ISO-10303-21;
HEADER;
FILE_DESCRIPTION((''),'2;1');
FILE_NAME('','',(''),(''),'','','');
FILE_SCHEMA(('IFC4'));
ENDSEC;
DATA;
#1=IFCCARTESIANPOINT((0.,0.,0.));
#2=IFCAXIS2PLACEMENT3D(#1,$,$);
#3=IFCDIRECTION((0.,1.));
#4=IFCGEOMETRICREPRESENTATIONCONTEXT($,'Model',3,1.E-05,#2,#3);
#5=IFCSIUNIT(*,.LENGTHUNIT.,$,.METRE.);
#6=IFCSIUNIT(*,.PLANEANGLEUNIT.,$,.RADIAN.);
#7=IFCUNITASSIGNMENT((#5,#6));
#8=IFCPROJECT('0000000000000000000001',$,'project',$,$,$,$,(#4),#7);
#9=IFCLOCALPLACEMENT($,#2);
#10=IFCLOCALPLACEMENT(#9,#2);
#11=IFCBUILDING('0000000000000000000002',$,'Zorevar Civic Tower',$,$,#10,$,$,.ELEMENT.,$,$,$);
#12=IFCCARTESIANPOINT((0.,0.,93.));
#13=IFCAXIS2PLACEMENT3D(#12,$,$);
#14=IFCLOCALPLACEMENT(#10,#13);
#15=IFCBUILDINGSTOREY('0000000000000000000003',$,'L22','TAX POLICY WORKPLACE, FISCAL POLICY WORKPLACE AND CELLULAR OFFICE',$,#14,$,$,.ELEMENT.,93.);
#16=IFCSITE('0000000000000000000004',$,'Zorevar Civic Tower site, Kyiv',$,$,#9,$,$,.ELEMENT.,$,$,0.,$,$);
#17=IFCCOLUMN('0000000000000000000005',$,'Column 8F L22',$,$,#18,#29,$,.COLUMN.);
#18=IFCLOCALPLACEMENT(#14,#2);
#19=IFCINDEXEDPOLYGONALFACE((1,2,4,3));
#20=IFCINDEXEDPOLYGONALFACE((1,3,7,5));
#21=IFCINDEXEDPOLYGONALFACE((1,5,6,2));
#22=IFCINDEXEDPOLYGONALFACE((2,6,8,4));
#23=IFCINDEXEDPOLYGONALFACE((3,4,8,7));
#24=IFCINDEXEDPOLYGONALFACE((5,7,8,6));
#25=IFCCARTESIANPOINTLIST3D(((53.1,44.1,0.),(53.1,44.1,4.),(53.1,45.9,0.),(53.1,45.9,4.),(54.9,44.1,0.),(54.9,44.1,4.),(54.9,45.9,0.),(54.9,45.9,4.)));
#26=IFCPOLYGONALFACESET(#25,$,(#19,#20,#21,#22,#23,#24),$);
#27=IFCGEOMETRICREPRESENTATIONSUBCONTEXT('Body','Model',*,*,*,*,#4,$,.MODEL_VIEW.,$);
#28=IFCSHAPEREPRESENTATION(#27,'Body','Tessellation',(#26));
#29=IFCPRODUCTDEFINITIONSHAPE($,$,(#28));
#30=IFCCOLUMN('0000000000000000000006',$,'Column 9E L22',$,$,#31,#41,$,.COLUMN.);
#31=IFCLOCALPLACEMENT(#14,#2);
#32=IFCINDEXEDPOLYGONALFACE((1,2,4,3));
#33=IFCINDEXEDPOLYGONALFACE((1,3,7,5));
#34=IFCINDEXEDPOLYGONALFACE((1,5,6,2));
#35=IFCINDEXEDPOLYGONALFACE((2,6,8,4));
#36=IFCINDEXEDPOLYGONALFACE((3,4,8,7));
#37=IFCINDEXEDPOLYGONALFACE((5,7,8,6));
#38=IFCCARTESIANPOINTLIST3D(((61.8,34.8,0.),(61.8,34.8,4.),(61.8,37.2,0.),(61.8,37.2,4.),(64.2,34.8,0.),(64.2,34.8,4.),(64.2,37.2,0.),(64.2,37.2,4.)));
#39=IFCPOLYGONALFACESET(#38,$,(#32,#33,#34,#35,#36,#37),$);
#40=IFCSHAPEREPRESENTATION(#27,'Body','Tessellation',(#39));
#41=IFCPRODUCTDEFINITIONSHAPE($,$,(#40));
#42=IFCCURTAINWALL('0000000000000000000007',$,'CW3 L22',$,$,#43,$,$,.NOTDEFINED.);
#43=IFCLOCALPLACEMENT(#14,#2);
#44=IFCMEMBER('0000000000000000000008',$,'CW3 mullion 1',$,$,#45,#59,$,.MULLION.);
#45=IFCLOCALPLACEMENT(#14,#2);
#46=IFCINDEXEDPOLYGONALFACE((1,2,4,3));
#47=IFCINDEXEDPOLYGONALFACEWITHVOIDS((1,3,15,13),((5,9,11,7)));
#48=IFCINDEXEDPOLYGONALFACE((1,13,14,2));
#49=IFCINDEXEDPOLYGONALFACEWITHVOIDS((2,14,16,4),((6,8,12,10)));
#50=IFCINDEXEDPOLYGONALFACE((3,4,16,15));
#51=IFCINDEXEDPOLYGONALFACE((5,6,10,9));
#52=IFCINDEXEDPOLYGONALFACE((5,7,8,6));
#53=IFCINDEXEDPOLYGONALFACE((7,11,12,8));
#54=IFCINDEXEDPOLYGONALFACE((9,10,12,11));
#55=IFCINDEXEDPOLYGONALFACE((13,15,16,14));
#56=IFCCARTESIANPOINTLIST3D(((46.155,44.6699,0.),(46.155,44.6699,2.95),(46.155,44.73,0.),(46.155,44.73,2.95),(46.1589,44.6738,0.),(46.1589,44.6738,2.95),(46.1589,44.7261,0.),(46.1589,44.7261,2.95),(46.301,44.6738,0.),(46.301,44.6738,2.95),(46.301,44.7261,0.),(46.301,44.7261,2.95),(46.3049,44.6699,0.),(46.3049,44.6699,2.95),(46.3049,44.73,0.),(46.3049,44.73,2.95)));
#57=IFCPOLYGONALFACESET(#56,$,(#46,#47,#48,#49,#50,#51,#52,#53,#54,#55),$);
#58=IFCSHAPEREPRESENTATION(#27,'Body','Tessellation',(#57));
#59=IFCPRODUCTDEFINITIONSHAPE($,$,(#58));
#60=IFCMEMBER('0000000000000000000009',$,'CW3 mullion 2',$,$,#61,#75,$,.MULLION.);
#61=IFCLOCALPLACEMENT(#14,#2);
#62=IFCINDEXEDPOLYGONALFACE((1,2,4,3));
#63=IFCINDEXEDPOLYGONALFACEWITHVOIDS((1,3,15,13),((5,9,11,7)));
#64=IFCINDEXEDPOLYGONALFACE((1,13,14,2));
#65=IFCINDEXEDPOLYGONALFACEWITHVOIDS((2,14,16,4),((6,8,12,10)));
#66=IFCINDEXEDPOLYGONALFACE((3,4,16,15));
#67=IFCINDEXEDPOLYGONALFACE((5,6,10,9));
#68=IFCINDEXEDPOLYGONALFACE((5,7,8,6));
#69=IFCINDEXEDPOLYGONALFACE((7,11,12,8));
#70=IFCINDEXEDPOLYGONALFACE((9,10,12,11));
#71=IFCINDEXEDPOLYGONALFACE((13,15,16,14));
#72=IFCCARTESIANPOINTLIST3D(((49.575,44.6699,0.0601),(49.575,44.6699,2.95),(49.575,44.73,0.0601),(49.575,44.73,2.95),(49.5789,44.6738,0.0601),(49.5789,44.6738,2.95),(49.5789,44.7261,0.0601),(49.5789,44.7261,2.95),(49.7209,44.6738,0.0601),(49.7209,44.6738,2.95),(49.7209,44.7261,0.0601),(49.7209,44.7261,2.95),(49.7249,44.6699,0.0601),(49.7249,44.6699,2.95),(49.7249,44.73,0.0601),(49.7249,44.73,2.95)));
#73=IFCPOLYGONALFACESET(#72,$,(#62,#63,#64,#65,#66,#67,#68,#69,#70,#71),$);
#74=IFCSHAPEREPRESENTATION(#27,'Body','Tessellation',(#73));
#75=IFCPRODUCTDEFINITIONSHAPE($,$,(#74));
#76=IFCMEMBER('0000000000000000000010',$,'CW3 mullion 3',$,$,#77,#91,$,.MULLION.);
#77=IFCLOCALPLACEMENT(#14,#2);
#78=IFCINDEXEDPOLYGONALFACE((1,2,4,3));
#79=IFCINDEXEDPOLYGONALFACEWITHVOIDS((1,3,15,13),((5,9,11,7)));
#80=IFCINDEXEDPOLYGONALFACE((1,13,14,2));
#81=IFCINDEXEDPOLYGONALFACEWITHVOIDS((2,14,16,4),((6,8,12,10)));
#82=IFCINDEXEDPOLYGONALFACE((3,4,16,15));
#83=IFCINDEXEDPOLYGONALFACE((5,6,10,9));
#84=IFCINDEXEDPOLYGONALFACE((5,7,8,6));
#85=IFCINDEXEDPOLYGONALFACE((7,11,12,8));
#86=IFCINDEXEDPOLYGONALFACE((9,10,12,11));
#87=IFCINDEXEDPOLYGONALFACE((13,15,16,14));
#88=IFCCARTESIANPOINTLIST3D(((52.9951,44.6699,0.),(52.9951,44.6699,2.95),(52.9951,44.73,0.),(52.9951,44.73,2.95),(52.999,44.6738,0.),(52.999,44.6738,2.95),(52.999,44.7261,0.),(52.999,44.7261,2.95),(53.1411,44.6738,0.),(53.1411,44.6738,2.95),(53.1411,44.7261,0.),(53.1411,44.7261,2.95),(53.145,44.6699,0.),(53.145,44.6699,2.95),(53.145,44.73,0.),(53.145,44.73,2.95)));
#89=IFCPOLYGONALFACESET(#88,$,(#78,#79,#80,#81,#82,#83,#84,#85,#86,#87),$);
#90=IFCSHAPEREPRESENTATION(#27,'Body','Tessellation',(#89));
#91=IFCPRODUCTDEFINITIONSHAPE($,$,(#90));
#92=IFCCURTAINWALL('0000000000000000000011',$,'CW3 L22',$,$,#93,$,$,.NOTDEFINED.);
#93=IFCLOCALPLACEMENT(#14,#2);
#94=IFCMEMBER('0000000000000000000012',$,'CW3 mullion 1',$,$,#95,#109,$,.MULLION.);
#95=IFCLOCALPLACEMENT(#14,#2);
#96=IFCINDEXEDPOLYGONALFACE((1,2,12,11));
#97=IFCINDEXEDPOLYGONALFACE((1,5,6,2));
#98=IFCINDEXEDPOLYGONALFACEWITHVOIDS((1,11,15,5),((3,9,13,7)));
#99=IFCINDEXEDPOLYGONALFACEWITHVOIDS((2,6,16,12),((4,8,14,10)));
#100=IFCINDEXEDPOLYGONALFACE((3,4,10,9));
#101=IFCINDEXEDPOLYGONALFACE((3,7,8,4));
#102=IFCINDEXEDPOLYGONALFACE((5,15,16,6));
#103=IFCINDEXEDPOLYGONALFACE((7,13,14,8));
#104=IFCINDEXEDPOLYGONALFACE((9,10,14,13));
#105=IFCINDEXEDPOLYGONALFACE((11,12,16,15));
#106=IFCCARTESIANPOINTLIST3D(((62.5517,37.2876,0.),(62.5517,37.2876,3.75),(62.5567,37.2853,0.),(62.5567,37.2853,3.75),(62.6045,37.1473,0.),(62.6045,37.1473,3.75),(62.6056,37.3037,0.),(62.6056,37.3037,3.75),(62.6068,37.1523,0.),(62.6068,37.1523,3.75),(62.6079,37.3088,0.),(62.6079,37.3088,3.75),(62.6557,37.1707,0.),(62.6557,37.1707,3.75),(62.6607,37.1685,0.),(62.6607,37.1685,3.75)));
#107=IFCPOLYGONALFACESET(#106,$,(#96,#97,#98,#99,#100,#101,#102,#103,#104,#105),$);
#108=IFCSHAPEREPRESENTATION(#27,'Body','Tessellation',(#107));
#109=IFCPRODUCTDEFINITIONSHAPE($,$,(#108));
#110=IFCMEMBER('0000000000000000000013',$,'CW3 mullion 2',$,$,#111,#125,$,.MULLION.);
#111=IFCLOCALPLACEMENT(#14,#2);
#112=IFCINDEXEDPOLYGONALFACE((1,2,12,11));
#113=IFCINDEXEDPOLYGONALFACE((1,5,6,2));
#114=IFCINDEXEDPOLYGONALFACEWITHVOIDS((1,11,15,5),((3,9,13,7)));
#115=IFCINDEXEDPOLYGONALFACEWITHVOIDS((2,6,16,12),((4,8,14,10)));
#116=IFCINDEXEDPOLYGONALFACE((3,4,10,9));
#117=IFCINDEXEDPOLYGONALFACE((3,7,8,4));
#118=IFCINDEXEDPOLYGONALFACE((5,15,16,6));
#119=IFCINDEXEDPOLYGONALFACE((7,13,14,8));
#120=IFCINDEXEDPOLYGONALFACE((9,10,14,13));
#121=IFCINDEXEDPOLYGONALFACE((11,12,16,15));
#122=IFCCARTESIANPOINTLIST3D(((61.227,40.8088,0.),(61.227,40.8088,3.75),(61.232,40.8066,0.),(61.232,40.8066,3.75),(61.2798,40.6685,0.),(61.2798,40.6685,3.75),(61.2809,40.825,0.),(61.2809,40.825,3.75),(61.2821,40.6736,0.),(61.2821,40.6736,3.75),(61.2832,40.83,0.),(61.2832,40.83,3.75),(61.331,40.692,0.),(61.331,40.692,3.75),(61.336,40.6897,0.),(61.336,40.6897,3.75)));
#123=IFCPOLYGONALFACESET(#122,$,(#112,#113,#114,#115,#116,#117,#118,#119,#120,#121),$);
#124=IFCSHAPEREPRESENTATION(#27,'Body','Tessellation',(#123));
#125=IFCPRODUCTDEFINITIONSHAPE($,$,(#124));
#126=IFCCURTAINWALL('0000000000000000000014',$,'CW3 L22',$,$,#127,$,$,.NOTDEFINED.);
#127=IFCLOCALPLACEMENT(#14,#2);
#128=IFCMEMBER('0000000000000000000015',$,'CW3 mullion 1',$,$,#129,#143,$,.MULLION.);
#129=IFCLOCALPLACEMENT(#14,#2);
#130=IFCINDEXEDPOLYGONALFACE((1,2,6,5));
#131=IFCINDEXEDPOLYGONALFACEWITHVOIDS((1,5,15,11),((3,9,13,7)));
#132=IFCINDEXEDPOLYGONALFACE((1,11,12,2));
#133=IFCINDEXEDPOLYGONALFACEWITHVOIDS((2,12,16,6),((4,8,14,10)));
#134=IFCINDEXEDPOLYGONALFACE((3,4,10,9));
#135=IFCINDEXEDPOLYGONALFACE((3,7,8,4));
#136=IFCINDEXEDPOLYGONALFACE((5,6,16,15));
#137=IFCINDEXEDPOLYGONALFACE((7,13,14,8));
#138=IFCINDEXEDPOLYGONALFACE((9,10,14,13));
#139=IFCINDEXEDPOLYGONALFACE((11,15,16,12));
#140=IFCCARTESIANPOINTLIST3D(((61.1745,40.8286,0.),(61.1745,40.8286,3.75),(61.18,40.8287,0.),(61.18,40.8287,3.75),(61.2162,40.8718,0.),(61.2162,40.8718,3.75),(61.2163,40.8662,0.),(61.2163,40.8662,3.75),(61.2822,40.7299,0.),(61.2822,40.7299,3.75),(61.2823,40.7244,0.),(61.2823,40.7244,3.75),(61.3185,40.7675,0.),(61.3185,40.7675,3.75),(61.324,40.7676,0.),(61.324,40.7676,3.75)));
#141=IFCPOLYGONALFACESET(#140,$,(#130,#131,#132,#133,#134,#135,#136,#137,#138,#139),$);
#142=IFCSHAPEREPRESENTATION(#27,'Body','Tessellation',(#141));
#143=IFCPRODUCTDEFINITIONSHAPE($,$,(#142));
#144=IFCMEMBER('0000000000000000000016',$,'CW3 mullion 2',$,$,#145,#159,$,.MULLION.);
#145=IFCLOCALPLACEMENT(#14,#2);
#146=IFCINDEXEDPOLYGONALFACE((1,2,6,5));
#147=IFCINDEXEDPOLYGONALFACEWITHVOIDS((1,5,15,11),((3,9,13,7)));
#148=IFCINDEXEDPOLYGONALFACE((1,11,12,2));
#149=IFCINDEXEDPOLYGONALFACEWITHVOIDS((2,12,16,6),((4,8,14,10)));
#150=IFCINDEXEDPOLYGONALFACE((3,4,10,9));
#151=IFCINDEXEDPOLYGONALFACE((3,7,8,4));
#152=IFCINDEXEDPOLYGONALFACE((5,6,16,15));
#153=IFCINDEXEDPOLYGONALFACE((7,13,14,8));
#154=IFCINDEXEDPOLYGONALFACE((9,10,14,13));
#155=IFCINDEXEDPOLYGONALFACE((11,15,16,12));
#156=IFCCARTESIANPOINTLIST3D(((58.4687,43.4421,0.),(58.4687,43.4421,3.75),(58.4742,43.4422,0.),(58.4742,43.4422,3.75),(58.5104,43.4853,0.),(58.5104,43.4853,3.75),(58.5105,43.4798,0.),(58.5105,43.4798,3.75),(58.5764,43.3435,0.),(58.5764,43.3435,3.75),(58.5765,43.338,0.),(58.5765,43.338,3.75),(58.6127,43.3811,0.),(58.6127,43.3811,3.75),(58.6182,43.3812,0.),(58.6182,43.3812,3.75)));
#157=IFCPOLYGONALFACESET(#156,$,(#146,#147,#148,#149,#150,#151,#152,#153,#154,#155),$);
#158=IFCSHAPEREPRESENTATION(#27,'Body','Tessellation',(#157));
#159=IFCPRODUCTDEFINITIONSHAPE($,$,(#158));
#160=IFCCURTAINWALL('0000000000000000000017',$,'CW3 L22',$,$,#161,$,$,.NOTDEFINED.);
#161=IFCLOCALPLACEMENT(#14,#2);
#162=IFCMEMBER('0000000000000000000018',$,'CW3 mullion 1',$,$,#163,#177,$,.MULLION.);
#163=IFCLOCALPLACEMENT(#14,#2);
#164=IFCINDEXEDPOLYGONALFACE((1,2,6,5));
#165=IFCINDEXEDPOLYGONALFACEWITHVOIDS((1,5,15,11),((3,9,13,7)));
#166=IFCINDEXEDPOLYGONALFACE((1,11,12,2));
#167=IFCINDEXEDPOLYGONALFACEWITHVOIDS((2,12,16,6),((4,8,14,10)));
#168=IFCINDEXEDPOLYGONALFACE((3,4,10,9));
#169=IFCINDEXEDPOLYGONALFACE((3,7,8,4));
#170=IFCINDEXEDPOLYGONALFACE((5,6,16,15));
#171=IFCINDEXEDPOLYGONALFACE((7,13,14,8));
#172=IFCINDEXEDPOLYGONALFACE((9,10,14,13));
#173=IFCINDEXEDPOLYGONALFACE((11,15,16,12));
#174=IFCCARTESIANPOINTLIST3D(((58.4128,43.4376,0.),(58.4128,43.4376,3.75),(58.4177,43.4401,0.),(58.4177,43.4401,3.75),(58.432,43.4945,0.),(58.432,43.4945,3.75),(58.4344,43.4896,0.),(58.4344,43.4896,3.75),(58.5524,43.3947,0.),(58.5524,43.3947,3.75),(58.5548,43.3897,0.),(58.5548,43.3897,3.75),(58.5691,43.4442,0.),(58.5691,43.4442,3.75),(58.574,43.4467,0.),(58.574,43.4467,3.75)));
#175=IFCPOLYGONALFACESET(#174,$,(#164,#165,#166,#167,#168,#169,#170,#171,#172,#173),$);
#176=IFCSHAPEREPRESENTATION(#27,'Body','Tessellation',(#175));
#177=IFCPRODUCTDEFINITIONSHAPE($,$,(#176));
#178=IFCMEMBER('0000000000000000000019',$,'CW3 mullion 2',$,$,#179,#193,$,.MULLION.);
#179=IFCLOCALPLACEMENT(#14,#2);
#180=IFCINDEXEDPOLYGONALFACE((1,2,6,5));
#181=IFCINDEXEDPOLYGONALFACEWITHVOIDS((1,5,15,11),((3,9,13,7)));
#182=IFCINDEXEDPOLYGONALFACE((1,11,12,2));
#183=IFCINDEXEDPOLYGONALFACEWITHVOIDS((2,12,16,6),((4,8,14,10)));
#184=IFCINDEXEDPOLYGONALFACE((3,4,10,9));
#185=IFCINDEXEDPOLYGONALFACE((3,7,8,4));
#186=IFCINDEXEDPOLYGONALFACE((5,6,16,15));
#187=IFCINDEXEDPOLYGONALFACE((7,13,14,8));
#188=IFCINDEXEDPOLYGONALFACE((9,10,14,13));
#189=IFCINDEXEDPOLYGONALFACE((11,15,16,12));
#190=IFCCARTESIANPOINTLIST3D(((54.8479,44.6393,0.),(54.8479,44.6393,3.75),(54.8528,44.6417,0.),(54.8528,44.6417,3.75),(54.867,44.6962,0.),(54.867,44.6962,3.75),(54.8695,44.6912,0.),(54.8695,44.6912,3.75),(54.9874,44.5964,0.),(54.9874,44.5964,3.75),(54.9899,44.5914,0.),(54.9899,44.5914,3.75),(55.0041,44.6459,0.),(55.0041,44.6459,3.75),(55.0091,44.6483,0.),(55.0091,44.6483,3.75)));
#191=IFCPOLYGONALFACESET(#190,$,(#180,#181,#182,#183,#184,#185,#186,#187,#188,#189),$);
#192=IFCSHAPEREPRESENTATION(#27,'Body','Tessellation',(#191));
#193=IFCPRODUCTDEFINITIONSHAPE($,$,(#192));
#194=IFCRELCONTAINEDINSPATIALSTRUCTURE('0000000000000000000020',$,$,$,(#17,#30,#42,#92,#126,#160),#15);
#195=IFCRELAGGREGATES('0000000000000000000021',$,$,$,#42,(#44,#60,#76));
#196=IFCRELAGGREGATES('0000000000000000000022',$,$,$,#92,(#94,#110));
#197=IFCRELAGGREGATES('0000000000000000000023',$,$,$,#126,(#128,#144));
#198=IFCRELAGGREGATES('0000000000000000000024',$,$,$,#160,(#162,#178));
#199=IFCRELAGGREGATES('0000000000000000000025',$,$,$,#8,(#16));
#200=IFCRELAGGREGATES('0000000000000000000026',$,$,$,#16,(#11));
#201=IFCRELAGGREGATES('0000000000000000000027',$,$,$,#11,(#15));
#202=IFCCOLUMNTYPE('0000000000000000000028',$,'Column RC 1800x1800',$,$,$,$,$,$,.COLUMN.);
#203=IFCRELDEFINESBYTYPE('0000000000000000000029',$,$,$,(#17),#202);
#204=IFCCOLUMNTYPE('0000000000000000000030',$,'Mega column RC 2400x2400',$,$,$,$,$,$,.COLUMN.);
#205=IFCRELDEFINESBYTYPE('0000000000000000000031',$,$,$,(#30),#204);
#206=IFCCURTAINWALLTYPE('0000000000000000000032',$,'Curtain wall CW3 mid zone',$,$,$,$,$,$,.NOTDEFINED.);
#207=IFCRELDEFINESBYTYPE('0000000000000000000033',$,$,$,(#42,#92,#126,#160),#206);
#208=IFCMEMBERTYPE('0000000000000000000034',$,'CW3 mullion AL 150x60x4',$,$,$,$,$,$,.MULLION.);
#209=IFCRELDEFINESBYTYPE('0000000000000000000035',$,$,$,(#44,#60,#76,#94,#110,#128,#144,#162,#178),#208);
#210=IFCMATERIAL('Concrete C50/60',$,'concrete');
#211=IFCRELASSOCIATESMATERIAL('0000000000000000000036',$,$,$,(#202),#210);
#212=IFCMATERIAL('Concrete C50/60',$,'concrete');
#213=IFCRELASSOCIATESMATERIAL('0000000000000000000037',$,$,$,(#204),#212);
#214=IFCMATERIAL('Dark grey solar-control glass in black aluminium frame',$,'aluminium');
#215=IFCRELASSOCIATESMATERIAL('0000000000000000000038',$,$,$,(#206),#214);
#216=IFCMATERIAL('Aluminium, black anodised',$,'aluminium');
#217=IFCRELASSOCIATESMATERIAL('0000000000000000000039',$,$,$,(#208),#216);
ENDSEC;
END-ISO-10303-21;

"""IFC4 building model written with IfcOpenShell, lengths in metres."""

from ifc_helpers import new_model, si_unit, direction, frame, origin, origin_2d, place, context, subcontext, project, spatial, rectangle, hollow_rectangle, extrude, material, material_profile, profile_set, type_object, element, aggregate, save


model = new_model("IFC4")

# Units and contexts
model_context = context("Model", 3, precision=1e-05, world=origin(), true_north=direction((0.0, 1.0)))
body_context = subcontext(model_context, "Body", "Model", "MODEL_VIEW")
ifc_project = project(units=[si_unit("LENGTHUNIT", "METRE"), si_unit("PLANEANGLEUNIT", "RADIAN")], contexts=[model_context])

# Site, building, storey
site_placement = place(None, origin())
site = spatial("IfcSite", under=ifc_project, at=site_placement, Name="Zorevar Civic Tower site, Kyiv", CompositionType="ELEMENT", RefElevation=0.0)
building_placement = place(site_placement, origin())
building = spatial("IfcBuilding", under=site, at=building_placement, Name="Zorevar Civic Tower", CompositionType="ELEMENT")
storey_placement = place(building_placement, frame((0.0, 0.0, 93.0)))
storey = spatial("IfcBuildingStorey", under=building, at=storey_placement, Name="L22", Description="TAX POLICY WORKPLACE, FISCAL POLICY WORKPLACE AND CELLULAR OFFICE", CompositionType="ELEMENT", Elevation=93.0)

# Columns
ifc_material_1 = material(Name="Concrete C50/60", Category="concrete")
ifc_material_profile_1 = material_profile(ifc_material_1, rectangle(XDim=1.8, YDim=1.8, at=origin_2d()), Name="RC 1800x1800")
ifc_profile_set_1 = profile_set([ifc_material_profile_1], Name="Concrete C50/60")
column_type_1 = type_object("IfcColumnType", Name="Column RC 1800x1800", PredefinedType="COLUMN", material=ifc_profile_set_1)
column_1_placement = place(storey_placement, frame((54.0, 45.0, 0.0), z_axis=(0.0, 0.0, 1.0), x_axis=(1.0, 0.0, 0.0)))
element("IfcColumn", 1, at=column_1_placement, inside=storey, type_object=column_type_1, Name="Column 8F L22", PredefinedType="COLUMN", context=body_context, shape_type="SweptSolid", body=[
    extrude(rectangle(XDim=1.8, YDim=1.8, at=origin_2d()), origin(), (0.0, 0.0, 1.0), 4.0),
])
ifc_material_2 = material(Name="Concrete C50/60", Category="concrete")
ifc_material_profile_2 = material_profile(ifc_material_2, rectangle(XDim=2.3999, YDim=2.3999, at=origin_2d()), Name="RC 2400x2400")
ifc_profile_set_2 = profile_set([ifc_material_profile_2], Name="Concrete C50/60")
column_type_2 = type_object("IfcColumnType", Name="Mega column RC 2400x2400", PredefinedType="COLUMN", material=ifc_profile_set_2)
column_2_placement = place(storey_placement, frame((63.0, 36.0, 0.0), z_axis=(0.0, 0.0, 1.0), x_axis=(1.0, 0.0, 0.0)))
element("IfcColumn", 2, at=column_2_placement, inside=storey, type_object=column_type_2, Name="Column 9E L22", PredefinedType="COLUMN", context=body_context, shape_type="SweptSolid", body=[
    extrude(rectangle(XDim=2.3999, YDim=2.3999, at=origin_2d()), origin(), (0.0, 0.0, 1.0), 4.0),
])

# Curtain walls, members
ifc_material_3 = material(Name="Dark grey solar-control glass in black aluminium frame", Category="aluminium")
curtain_wall_type = type_object("IfcCurtainWallType", Name="Curtain wall CW3 mid zone", PredefinedType="NOTDEFINED", material=ifc_material_3)
curtain_wall_1_placement = place(storey_placement, origin())
curtain_wall_1 = element("IfcCurtainWall", 3, at=curtain_wall_1_placement, inside=storey, type_object=curtain_wall_type, Name="CW3 L22", PredefinedType="NOTDEFINED")
ifc_material_4 = material(Name="Aluminium, black anodised", Category="aluminium")
ifc_material_profile_3 = material_profile(ifc_material_4, hollow_rectangle(XDim=0.0601, YDim=0.1499, WallThickness=0.0039, at=origin_2d()), Name="AL 150x60x4")
ifc_profile_set_3 = profile_set([ifc_material_profile_3], Name="Aluminium, black anodised")
member_type_1 = type_object("IfcMemberType", Name="CW3 mullion AL 150x60x4", PredefinedType="MULLION", material=ifc_profile_set_3)
member_1_placement = place(storey_placement, frame((46.23, 44.7, 0.0), z_axis=(0.0, 0.0, 1.0), x_axis=(0.0, 1.0, 0.0)))
member_1 = element("IfcMember", 4, at=member_1_placement, type_object=member_type_1, Name="CW3 mullion 1", PredefinedType="MULLION", context=body_context, shape_type="SweptSolid", body=[
    extrude(hollow_rectangle(XDim=0.0601, YDim=0.1499, WallThickness=0.0039, at=origin_2d()), origin(), (0.0, 0.0, 1.0), 2.95),
])
member_2_placement = place(storey_placement, frame((49.6499, 44.7, 0.0601), z_axis=(0.0, 0.0, 1.0), x_axis=(0.0, 1.0, 0.0)))
member_2 = element("IfcMember", 5, at=member_2_placement, type_object=member_type_1, Name="CW3 mullion 2", PredefinedType="MULLION", context=body_context, shape_type="SweptSolid", body=[
    extrude(hollow_rectangle(XDim=0.0601, YDim=0.1499, WallThickness=0.0039, at=origin_2d()), origin(), (0.0, 0.0, 1.0), 2.8899),
])
member_3_placement = place(storey_placement, frame((53.0701, 44.7, 0.0), z_axis=(0.0, 0.0, 1.0), x_axis=(0.0, 1.0, 0.0)))
member_3 = element("IfcMember", 6, at=member_3_placement, type_object=member_type_1, Name="CW3 mullion 3", PredefinedType="MULLION", context=body_context, shape_type="SweptSolid", body=[
    extrude(hollow_rectangle(XDim=0.0601, YDim=0.1499, WallThickness=0.0039, at=origin_2d()), origin(), (0.0, 0.0, 1.0), 2.95),
])
curtain_wall_2_placement = place(storey_placement, origin())
curtain_wall_2 = element("IfcCurtainWall", 7, at=curtain_wall_2_placement, inside=storey, type_object=curtain_wall_type, Name="CW3 L22", PredefinedType="NOTDEFINED")
member_4_placement = place(storey_placement, frame((62.6062, 37.228, 0.0), z_axis=(0.0, 0.0, 1.0), x_axis=(-0.935951, -0.352132, 0.0)))
member_4 = element("IfcMember", 8, at=member_4_placement, type_object=member_type_1, Name="CW3 mullion 1", PredefinedType="MULLION", context=body_context, shape_type="SweptSolid", body=[
    extrude(hollow_rectangle(XDim=0.0601, YDim=0.1499, WallThickness=0.0039, at=origin_2d()), origin(), (0.0, 0.0, 1.0), 3.75),
])
member_5_placement = place(storey_placement, frame((61.2815, 40.7493, 0.0), z_axis=(0.0, 0.0, 1.0), x_axis=(-0.935951, -0.352132, 0.0)))
member_5 = element("IfcMember", 9, at=member_5_placement, type_object=member_type_1, Name="CW3 mullion 2", PredefinedType="MULLION", context=body_context, shape_type="SweptSolid", body=[
    extrude(hollow_rectangle(XDim=0.0601, YDim=0.1499, WallThickness=0.0039, at=origin_2d()), origin(), (0.0, 0.0, 1.0), 3.75),
])
curtain_wall_3_placement = place(storey_placement, origin())
curtain_wall_3 = element("IfcCurtainWall", 10, at=curtain_wall_3_placement, inside=storey, type_object=curtain_wall_type, Name="CW3 L22", PredefinedType="NOTDEFINED")
member_6_placement = place(storey_placement, frame((61.2493, 40.7981, 0.0), z_axis=(0.0, 0.0, 1.0), x_axis=(-0.694719, -0.719281, 0.0)))
member_6 = element("IfcMember", 11, at=member_6_placement, type_object=member_type_1, Name="CW3 mullion 1", PredefinedType="MULLION", context=body_context, shape_type="SweptSolid", body=[
    extrude(hollow_rectangle(XDim=0.0601, YDim=0.1499, WallThickness=0.0039, at=origin_2d()), origin(), (0.0, 0.0, 1.0), 3.75),
])
member_7_placement = place(storey_placement, frame((58.5435, 43.4116, 0.0), z_axis=(0.0, 0.0, 1.0), x_axis=(-0.694719, -0.719281, 0.0)))
member_7 = element("IfcMember", 12, at=member_7_placement, type_object=member_type_1, Name="CW3 mullion 2", PredefinedType="MULLION", context=body_context, shape_type="SweptSolid", body=[
    extrude(hollow_rectangle(XDim=0.0601, YDim=0.1499, WallThickness=0.0039, at=origin_2d()), origin(), (0.0, 0.0, 1.0), 3.75),
])
curtain_wall_4_placement = place(storey_placement, origin())
curtain_wall_4 = element("IfcCurtainWall", 13, at=curtain_wall_4_placement, inside=storey, type_object=curtain_wall_type, Name="CW3 L22", PredefinedType="NOTDEFINED")
member_8_placement = place(storey_placement, frame((58.4934, 43.4421, 0.0), z_axis=(0.0, 0.0, 1.0), x_axis=(-0.319413, -0.947616, 0.0)))
member_8 = element("IfcMember", 14, at=member_8_placement, type_object=member_type_1, Name="CW3 mullion 1", PredefinedType="MULLION", context=body_context, shape_type="SweptSolid", body=[
    extrude(hollow_rectangle(XDim=0.0601, YDim=0.1499, WallThickness=0.0039, at=origin_2d()), origin(), (0.0, 0.0, 1.0), 3.75),
])
member_9_placement = place(storey_placement, frame((54.9285, 44.6438, 0.0), z_axis=(0.0, 0.0, 1.0), x_axis=(-0.319413, -0.947616, 0.0)))
member_9 = element("IfcMember", 15, at=member_9_placement, type_object=member_type_1, Name="CW3 mullion 2", PredefinedType="MULLION", context=body_context, shape_type="SweptSolid", body=[
    extrude(hollow_rectangle(XDim=0.0601, YDim=0.1499, WallThickness=0.0039, at=origin_2d()), origin(), (0.0, 0.0, 1.0), 3.75),
])

aggregate(curtain_wall_1, [member_1, member_2, member_3])
aggregate(curtain_wall_2, [member_4, member_5])
aggregate(curtain_wall_3, [member_6, member_7])
aggregate(curtain_wall_4, [member_8, member_9])

save(model, "model.ifc")
